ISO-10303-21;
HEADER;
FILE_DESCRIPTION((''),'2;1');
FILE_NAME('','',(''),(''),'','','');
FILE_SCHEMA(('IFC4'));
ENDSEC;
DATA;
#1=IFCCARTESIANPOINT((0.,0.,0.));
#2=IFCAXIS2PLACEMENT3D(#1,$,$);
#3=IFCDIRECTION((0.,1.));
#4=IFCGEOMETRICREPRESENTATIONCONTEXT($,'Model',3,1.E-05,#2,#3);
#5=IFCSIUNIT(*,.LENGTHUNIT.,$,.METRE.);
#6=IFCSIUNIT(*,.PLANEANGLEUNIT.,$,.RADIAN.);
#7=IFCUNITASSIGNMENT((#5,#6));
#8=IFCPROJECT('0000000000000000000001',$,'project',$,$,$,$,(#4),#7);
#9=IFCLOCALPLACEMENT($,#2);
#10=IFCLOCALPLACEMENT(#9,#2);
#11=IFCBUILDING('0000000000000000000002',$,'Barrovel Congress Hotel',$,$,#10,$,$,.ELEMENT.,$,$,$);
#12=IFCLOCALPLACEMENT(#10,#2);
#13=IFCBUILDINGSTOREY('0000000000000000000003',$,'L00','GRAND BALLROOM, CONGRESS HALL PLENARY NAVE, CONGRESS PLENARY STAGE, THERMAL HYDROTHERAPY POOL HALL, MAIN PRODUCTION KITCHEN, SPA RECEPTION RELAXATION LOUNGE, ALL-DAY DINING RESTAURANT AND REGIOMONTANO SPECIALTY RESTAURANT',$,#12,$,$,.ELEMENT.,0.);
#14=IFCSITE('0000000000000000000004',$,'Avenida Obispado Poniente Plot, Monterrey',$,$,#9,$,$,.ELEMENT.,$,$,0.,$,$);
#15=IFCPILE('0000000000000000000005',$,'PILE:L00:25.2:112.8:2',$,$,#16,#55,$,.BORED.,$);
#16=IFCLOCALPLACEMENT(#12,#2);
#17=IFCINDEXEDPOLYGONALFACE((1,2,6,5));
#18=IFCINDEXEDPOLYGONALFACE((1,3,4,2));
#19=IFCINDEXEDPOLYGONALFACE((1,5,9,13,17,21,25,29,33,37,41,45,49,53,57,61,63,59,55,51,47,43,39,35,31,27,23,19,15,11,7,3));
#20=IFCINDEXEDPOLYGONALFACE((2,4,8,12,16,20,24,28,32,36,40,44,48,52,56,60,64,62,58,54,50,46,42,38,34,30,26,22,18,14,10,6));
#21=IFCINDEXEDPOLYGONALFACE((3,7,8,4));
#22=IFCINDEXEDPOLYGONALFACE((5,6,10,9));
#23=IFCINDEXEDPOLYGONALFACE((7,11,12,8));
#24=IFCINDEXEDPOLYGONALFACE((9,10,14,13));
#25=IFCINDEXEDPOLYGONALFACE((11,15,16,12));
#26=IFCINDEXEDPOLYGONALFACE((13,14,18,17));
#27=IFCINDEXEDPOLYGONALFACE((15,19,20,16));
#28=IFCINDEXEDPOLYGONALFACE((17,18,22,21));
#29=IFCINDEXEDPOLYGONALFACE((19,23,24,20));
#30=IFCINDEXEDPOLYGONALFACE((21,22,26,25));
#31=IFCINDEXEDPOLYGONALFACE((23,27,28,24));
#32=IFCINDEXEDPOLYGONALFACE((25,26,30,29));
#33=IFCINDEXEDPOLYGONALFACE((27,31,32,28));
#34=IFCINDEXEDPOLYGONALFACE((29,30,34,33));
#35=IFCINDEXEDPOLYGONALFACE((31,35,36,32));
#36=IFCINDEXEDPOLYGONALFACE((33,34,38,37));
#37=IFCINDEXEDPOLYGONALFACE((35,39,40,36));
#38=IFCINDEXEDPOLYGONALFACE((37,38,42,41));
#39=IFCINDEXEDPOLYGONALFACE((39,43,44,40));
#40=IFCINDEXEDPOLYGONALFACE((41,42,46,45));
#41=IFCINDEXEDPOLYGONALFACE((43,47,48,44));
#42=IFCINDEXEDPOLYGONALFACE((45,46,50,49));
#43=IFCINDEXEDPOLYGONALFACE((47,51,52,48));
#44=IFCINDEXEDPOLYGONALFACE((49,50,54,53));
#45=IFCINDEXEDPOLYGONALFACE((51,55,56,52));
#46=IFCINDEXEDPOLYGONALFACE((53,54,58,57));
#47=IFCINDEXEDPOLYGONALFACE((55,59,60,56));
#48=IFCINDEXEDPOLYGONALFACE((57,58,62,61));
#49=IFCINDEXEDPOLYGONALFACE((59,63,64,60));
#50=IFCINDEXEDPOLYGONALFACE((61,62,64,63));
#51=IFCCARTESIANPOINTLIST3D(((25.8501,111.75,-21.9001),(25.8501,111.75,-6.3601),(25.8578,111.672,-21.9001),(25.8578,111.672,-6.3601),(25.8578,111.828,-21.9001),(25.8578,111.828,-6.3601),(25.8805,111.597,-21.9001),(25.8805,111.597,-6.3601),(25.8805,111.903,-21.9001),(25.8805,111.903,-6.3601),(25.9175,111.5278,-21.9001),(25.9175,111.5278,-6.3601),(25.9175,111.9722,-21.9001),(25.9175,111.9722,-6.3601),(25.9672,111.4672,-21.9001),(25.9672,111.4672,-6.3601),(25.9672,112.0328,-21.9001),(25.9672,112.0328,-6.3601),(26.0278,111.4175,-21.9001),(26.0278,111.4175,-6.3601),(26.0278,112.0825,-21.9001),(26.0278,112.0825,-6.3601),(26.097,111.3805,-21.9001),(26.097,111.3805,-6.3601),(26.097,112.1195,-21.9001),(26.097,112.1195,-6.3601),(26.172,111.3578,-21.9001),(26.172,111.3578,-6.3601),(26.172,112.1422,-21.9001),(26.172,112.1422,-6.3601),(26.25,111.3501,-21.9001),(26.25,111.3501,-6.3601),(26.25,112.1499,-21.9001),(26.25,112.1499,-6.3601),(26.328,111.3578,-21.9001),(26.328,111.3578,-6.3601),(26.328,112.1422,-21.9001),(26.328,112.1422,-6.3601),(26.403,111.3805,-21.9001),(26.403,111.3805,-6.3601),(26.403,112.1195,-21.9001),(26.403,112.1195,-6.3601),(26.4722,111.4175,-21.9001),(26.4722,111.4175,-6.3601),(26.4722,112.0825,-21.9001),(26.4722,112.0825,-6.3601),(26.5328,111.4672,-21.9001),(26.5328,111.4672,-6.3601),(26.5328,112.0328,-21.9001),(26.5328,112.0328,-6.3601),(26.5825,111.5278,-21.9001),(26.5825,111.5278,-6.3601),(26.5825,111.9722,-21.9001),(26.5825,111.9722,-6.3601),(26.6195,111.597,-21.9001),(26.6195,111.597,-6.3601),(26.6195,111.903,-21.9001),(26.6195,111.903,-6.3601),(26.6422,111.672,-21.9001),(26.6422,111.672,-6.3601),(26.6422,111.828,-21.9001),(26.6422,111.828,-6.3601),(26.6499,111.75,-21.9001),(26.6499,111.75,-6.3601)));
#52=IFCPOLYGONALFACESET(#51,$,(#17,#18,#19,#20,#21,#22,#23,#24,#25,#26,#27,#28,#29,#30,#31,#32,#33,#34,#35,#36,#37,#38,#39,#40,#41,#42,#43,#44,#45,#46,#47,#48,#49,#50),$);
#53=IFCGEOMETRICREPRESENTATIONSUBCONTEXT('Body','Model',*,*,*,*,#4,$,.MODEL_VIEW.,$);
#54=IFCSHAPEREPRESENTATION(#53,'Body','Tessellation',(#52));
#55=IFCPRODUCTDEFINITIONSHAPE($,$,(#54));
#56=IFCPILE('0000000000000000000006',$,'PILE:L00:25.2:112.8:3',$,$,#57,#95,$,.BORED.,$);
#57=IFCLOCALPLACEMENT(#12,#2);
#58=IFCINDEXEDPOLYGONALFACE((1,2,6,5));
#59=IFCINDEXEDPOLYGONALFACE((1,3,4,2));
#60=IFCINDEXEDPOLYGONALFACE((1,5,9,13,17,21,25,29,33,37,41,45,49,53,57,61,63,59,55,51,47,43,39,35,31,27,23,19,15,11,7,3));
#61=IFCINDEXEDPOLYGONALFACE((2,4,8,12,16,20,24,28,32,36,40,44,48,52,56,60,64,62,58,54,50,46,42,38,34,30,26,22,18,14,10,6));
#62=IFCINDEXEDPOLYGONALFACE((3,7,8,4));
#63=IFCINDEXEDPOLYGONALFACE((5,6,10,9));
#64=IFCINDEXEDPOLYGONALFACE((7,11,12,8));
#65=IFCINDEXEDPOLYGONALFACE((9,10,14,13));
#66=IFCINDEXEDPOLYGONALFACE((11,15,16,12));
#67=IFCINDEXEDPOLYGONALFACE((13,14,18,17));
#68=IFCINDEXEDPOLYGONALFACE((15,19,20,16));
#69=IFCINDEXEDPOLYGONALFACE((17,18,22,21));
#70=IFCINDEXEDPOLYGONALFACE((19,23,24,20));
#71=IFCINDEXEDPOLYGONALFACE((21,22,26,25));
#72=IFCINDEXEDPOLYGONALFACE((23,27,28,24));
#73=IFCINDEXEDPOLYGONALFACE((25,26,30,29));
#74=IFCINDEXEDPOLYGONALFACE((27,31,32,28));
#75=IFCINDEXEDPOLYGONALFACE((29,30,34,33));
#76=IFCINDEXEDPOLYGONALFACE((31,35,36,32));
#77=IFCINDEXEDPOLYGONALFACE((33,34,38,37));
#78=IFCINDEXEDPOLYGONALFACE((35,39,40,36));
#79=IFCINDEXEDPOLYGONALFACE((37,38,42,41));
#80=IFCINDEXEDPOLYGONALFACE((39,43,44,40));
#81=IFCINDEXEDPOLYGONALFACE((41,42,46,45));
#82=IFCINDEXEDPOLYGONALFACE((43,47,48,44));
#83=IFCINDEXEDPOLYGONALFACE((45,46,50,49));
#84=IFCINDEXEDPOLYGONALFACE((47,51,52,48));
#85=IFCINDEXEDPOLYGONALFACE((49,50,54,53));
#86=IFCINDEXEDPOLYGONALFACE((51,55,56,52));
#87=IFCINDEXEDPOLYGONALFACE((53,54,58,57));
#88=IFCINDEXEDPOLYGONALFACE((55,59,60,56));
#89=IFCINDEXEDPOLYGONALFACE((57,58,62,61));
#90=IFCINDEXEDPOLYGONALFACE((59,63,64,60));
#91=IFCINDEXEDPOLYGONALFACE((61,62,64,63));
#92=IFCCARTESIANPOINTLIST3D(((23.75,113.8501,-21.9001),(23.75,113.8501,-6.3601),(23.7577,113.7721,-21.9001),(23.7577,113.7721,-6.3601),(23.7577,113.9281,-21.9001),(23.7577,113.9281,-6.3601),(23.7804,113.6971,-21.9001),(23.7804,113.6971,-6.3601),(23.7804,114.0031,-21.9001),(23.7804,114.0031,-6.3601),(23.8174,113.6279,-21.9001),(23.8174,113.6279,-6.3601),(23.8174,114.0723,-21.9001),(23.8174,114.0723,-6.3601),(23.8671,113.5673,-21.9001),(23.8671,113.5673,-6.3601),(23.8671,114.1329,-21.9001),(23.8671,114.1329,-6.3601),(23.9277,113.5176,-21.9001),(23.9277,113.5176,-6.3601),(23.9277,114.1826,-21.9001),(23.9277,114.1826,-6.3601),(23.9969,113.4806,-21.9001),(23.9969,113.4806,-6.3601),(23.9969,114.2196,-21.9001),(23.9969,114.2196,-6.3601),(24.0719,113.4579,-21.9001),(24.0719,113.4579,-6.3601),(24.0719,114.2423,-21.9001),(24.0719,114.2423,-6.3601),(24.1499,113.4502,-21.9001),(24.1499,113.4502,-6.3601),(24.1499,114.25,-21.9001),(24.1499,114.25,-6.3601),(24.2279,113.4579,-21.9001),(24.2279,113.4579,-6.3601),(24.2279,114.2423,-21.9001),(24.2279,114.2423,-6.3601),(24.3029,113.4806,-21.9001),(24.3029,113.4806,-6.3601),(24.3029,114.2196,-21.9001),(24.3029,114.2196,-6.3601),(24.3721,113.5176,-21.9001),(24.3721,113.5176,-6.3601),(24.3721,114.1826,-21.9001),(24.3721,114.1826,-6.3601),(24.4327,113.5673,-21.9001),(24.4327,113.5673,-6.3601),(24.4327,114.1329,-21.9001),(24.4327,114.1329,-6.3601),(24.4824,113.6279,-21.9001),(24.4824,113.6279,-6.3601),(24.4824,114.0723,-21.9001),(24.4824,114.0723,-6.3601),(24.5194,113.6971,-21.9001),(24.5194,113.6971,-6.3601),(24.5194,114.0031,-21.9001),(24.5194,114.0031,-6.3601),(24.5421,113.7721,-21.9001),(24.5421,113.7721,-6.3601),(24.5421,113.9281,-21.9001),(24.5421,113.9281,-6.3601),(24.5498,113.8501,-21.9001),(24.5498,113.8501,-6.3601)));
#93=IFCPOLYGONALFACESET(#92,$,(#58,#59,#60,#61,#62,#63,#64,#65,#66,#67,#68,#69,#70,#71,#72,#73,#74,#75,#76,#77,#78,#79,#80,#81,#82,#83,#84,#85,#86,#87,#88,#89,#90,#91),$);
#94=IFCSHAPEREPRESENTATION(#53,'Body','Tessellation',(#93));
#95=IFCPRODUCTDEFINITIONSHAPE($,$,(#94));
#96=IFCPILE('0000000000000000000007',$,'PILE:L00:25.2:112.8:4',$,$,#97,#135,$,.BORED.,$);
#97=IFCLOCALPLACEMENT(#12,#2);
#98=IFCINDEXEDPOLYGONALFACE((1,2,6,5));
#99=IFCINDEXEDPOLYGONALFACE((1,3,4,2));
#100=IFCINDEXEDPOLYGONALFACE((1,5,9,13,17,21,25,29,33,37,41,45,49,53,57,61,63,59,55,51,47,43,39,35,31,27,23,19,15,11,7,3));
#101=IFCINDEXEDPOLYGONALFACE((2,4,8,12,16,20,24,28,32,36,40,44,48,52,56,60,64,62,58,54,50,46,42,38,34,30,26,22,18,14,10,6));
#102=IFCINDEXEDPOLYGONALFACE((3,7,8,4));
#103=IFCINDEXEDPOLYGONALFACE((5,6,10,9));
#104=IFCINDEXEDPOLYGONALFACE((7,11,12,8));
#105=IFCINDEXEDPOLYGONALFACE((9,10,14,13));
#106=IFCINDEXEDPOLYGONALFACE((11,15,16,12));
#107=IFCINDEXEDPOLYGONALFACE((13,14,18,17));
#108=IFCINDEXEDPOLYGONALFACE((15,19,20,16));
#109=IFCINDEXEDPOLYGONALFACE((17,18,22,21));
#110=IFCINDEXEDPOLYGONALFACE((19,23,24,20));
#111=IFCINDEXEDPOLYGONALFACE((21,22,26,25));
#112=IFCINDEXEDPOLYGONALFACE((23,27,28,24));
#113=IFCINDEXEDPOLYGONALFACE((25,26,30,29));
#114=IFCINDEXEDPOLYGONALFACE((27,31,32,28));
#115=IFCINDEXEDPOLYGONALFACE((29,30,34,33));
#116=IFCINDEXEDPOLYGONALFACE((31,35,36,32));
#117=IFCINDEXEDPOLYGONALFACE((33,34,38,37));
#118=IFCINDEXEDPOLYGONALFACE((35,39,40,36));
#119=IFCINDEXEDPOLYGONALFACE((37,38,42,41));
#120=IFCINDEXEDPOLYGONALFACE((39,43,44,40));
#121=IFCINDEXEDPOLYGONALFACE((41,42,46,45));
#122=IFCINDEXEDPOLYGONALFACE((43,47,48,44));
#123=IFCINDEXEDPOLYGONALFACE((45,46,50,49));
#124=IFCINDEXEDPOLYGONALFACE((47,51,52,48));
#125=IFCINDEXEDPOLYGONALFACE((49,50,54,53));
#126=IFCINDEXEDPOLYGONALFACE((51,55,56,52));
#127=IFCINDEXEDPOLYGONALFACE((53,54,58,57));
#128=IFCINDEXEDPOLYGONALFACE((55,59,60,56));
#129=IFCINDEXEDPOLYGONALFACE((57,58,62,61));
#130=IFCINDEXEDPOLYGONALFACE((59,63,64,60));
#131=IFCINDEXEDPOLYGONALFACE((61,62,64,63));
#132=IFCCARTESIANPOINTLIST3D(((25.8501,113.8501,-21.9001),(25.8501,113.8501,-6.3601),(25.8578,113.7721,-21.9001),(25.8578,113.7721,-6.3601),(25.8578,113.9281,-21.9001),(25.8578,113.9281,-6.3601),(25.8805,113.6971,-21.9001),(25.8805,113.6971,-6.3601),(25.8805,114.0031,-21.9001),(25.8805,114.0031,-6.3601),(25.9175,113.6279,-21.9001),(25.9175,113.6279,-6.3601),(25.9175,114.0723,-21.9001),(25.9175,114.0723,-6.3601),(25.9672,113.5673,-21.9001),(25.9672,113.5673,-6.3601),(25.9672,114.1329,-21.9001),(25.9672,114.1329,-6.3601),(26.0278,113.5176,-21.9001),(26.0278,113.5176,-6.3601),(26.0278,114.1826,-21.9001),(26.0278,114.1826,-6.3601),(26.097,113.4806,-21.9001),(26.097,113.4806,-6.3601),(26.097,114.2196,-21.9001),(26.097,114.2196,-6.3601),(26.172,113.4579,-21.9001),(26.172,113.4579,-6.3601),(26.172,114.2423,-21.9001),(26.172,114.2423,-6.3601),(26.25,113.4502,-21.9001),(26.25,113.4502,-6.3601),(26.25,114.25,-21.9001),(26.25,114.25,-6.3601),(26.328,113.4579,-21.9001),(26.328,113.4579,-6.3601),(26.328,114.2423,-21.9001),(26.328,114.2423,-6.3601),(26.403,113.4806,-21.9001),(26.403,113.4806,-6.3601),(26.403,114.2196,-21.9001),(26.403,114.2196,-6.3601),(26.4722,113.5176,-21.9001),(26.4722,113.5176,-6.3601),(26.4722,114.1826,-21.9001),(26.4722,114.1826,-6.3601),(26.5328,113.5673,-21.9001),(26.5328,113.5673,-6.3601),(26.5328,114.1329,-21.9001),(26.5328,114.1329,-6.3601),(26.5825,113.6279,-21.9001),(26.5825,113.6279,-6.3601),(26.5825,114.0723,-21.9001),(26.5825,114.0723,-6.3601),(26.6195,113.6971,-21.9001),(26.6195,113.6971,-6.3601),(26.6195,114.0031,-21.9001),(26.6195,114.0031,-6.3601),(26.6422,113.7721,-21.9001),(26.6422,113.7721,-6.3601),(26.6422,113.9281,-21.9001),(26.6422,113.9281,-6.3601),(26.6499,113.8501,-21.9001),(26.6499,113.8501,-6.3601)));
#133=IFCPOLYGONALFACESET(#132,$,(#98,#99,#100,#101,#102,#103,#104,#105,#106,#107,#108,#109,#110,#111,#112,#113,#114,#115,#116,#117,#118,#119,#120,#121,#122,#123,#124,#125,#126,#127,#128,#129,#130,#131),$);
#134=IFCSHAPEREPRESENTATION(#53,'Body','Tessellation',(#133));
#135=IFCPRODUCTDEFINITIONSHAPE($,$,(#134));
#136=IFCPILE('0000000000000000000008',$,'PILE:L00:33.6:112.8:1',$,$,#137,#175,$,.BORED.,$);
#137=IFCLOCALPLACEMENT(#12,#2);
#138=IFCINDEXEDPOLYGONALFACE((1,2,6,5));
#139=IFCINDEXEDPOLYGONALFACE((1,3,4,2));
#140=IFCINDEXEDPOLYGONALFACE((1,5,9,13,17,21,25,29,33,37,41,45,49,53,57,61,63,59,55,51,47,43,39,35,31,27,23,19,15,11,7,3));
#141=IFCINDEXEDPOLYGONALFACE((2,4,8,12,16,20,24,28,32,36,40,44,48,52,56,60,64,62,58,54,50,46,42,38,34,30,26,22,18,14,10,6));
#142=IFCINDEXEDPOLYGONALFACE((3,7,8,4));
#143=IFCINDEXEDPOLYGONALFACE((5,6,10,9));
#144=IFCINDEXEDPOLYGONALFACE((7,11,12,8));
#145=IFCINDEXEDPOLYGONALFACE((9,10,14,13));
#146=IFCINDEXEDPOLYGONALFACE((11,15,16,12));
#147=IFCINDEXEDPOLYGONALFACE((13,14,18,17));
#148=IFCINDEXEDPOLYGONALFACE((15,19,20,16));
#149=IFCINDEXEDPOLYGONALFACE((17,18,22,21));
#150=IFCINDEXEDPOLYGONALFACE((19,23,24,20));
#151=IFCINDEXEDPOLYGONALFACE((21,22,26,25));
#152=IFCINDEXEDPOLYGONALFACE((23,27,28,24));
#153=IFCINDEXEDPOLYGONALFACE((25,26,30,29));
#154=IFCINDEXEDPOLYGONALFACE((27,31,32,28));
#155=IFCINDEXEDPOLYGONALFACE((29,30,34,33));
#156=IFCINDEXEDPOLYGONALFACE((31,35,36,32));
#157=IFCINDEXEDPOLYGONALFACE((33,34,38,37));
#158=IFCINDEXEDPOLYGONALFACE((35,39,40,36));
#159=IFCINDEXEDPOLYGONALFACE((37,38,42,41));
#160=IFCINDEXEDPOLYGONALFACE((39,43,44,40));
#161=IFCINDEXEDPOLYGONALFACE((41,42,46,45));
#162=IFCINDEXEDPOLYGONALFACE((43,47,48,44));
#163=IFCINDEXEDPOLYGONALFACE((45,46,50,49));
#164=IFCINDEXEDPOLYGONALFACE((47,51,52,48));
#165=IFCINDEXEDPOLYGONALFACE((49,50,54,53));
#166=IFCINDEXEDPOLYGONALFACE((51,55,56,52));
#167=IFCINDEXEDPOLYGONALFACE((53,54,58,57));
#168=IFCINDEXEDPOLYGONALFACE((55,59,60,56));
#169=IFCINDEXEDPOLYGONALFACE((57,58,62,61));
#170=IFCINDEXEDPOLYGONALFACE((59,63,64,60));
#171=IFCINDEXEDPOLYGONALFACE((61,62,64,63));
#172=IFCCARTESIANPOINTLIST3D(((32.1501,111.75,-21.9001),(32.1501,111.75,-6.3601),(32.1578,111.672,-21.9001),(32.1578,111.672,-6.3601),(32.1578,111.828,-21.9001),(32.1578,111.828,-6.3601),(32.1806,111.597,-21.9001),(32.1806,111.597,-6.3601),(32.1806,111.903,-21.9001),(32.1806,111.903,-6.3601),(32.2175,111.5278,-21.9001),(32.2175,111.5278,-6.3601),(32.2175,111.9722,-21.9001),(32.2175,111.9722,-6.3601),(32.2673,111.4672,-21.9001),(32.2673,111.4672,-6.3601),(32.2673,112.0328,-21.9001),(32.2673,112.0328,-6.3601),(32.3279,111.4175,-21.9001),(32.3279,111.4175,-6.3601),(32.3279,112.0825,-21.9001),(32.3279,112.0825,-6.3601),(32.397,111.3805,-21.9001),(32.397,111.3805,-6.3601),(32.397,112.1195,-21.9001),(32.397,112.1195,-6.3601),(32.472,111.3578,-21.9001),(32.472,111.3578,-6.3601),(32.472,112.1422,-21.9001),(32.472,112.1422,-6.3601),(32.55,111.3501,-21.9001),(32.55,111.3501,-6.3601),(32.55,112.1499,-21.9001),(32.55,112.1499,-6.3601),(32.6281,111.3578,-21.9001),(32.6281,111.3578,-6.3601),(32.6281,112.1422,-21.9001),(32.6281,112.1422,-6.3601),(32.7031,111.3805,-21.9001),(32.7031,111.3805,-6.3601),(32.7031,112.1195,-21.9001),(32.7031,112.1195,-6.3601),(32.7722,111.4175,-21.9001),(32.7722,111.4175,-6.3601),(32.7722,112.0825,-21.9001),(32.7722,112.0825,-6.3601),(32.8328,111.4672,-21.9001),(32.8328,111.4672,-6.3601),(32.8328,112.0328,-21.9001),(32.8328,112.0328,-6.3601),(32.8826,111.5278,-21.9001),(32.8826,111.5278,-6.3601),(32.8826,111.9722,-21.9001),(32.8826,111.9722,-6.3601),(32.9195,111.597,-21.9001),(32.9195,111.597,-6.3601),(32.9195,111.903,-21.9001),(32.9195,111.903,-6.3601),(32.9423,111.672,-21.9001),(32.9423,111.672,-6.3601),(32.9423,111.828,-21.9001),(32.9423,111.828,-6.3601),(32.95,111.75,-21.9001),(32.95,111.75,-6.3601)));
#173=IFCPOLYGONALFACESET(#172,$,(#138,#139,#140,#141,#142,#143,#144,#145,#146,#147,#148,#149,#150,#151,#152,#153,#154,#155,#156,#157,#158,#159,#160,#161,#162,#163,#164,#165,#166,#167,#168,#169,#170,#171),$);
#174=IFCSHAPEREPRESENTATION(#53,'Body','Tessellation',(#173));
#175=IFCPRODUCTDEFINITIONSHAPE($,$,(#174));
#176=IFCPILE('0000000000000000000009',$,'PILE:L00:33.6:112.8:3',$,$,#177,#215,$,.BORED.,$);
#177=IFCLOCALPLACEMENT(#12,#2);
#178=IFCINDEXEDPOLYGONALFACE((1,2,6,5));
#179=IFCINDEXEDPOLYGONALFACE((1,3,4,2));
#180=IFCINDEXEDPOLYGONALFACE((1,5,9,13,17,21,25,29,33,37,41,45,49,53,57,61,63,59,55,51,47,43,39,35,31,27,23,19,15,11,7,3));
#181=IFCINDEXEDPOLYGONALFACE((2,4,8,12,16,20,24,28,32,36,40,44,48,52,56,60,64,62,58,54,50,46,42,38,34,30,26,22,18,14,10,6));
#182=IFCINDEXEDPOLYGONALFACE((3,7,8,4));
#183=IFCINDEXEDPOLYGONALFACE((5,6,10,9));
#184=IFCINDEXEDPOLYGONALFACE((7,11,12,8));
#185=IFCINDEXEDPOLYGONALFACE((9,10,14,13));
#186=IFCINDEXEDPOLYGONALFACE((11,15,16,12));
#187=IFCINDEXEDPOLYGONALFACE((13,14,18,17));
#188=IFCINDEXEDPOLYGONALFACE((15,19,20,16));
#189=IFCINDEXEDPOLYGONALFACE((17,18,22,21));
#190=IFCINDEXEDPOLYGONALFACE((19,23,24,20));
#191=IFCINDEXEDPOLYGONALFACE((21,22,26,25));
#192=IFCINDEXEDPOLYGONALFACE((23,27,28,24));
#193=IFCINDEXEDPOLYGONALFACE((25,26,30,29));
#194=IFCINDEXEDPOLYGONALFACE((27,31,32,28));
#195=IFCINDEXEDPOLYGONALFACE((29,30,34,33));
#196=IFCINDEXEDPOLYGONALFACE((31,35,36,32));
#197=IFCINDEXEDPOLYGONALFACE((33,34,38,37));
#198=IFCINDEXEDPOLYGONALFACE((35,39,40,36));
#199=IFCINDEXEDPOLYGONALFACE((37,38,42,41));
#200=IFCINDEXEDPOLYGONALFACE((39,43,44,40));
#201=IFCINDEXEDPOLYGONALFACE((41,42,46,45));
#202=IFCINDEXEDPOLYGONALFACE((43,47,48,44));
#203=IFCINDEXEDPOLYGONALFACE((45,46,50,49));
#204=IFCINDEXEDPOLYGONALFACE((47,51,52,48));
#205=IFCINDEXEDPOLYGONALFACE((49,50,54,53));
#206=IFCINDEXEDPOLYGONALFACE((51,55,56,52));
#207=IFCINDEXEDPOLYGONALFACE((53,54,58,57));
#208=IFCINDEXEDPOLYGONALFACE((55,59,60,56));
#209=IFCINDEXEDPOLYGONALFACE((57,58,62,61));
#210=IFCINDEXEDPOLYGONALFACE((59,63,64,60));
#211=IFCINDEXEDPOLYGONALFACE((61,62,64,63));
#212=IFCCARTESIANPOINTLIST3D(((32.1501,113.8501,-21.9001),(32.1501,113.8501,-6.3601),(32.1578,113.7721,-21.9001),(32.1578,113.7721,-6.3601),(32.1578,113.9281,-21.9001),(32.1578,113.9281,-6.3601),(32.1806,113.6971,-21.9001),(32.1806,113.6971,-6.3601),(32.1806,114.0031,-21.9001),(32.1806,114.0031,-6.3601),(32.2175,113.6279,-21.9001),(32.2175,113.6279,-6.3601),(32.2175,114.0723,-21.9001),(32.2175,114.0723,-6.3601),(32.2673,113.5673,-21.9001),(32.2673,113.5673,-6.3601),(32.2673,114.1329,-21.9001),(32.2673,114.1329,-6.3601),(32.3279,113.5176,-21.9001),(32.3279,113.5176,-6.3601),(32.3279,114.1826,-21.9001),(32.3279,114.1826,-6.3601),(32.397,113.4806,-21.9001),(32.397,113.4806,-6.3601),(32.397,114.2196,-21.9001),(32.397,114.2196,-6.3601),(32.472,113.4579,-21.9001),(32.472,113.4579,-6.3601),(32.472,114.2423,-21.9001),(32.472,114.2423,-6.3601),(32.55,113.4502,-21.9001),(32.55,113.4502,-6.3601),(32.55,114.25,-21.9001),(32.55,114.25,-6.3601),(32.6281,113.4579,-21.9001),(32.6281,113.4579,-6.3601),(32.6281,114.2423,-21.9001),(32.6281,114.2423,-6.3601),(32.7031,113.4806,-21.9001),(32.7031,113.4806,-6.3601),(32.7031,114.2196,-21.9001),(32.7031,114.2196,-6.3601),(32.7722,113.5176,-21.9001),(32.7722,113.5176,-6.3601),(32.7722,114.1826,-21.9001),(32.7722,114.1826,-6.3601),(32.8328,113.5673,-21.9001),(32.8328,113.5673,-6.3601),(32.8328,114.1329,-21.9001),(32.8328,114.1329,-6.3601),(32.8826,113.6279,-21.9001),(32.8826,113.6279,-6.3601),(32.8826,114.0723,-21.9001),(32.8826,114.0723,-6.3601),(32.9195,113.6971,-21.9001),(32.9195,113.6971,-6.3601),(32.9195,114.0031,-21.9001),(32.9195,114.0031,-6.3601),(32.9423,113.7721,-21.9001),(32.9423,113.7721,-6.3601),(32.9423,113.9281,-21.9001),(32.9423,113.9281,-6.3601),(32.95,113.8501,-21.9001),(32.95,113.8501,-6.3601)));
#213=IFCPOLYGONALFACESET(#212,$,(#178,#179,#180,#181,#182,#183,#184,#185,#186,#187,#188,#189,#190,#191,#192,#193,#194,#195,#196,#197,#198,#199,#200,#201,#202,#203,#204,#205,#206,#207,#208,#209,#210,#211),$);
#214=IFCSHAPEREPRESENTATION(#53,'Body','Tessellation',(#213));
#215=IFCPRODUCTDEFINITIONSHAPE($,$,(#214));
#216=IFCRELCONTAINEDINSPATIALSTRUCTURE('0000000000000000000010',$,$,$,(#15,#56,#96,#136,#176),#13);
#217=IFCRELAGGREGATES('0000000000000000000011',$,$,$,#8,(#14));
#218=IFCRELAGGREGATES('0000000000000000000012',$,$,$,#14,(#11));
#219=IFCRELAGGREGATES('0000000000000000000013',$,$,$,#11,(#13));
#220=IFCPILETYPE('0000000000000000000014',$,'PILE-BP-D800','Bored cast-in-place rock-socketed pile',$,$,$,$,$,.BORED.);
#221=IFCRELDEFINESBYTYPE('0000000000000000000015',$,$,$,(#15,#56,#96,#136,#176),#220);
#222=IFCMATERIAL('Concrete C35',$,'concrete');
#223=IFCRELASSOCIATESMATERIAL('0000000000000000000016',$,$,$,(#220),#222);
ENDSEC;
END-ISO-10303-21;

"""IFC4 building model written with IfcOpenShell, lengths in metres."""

from ifc_helpers import new_model, si_unit, direction, frame, origin, origin_2d, place, context, subcontext, project, spatial, circle, extrude, material, material_profile, profile_set, type_object, element, save


model = new_model("IFC4")

# Units and contexts
model_context = context("Model", 3, precision=1e-05, world=origin(), true_north=direction((0.0, 1.0)))
body_context = subcontext(model_context, "Body", "Model", "MODEL_VIEW")
ifc_project = project(units=[si_unit("LENGTHUNIT", "METRE"), si_unit("PLANEANGLEUNIT", "RADIAN")], contexts=[model_context])

# Site, building, storey
site_placement = place(None, origin())
site = spatial("IfcSite", under=ifc_project, at=site_placement, Name="Avenida Obispado Poniente Plot, Monterrey", CompositionType="ELEMENT", RefElevation=0.0)
building_placement = place(site_placement, origin())
building = spatial("IfcBuilding", under=site, at=building_placement, Name="Barrovel Congress Hotel", CompositionType="ELEMENT")
storey_placement = place(building_placement, origin())
storey = spatial("IfcBuildingStorey", under=building, at=storey_placement, Name="L00", Description="GRAND BALLROOM, CONGRESS HALL PLENARY NAVE, CONGRESS PLENARY STAGE, THERMAL HYDROTHERAPY POOL HALL, MAIN PRODUCTION KITCHEN, SPA RECEPTION RELAXATION LOUNGE, ALL-DAY DINING RESTAURANT AND REGIOMONTANO SPECIALTY RESTAURANT", CompositionType="ELEMENT", Elevation=0.0)

# Piles
ifc_material_1 = material(Name="Concrete C35", Category="concrete")
ifc_material_profile_1 = material_profile(ifc_material_1, circle(Radius=0.3999, at=origin_2d()), Name="BP-D800")
ifc_profile_set_1 = profile_set([ifc_material_profile_1], Name="Concrete C35")
pile_type_1 = type_object("IfcPileType", Name="PILE-BP-D800", Description="Bored cast-in-place rock-socketed pile", PredefinedType="BORED", material=ifc_profile_set_1)
for number, where, z_axis, x_axis, name in (
    (1, (26.25, 111.75, -6.3601), (0.0, 0.0, -1.0), (1.0, 0.0, 0.0), "PILE:L00:25.2:112.8:2"),
    (2, (24.1499, 113.8501, -6.3601), (0.0, 0.0, -1.0), (1.0, 0.0, 0.0), "PILE:L00:25.2:112.8:3"),
    (3, (26.25, 113.8501, -6.3601), (0.0, 0.0, -1.0), (1.0, 0.0, 0.0), "PILE:L00:25.2:112.8:4"),
    (4, (32.55, 111.75, -6.3601), (0.0, 0.0, -1.0), (1.0, 0.0, 0.0), "PILE:L00:33.6:112.8:1"),
    (5, (32.55, 113.8501, -6.3601), (0.0, 0.0, -1.0), (1.0, 0.0, 0.0), "PILE:L00:33.6:112.8:3"),
):
    element("IfcPile", number, at=place(storey_placement, frame(where, z_axis=z_axis, x_axis=x_axis)), inside=storey, type_object=pile_type_1, Name=name, PredefinedType="BORED", context=body_context, shape_type="SweptSolid", body=[
        extrude(circle(Radius=0.3999, at=origin_2d()), origin(), (0.0, 0.0, 1.0), 15.54),
    ])

save(model, "model.ifc")
